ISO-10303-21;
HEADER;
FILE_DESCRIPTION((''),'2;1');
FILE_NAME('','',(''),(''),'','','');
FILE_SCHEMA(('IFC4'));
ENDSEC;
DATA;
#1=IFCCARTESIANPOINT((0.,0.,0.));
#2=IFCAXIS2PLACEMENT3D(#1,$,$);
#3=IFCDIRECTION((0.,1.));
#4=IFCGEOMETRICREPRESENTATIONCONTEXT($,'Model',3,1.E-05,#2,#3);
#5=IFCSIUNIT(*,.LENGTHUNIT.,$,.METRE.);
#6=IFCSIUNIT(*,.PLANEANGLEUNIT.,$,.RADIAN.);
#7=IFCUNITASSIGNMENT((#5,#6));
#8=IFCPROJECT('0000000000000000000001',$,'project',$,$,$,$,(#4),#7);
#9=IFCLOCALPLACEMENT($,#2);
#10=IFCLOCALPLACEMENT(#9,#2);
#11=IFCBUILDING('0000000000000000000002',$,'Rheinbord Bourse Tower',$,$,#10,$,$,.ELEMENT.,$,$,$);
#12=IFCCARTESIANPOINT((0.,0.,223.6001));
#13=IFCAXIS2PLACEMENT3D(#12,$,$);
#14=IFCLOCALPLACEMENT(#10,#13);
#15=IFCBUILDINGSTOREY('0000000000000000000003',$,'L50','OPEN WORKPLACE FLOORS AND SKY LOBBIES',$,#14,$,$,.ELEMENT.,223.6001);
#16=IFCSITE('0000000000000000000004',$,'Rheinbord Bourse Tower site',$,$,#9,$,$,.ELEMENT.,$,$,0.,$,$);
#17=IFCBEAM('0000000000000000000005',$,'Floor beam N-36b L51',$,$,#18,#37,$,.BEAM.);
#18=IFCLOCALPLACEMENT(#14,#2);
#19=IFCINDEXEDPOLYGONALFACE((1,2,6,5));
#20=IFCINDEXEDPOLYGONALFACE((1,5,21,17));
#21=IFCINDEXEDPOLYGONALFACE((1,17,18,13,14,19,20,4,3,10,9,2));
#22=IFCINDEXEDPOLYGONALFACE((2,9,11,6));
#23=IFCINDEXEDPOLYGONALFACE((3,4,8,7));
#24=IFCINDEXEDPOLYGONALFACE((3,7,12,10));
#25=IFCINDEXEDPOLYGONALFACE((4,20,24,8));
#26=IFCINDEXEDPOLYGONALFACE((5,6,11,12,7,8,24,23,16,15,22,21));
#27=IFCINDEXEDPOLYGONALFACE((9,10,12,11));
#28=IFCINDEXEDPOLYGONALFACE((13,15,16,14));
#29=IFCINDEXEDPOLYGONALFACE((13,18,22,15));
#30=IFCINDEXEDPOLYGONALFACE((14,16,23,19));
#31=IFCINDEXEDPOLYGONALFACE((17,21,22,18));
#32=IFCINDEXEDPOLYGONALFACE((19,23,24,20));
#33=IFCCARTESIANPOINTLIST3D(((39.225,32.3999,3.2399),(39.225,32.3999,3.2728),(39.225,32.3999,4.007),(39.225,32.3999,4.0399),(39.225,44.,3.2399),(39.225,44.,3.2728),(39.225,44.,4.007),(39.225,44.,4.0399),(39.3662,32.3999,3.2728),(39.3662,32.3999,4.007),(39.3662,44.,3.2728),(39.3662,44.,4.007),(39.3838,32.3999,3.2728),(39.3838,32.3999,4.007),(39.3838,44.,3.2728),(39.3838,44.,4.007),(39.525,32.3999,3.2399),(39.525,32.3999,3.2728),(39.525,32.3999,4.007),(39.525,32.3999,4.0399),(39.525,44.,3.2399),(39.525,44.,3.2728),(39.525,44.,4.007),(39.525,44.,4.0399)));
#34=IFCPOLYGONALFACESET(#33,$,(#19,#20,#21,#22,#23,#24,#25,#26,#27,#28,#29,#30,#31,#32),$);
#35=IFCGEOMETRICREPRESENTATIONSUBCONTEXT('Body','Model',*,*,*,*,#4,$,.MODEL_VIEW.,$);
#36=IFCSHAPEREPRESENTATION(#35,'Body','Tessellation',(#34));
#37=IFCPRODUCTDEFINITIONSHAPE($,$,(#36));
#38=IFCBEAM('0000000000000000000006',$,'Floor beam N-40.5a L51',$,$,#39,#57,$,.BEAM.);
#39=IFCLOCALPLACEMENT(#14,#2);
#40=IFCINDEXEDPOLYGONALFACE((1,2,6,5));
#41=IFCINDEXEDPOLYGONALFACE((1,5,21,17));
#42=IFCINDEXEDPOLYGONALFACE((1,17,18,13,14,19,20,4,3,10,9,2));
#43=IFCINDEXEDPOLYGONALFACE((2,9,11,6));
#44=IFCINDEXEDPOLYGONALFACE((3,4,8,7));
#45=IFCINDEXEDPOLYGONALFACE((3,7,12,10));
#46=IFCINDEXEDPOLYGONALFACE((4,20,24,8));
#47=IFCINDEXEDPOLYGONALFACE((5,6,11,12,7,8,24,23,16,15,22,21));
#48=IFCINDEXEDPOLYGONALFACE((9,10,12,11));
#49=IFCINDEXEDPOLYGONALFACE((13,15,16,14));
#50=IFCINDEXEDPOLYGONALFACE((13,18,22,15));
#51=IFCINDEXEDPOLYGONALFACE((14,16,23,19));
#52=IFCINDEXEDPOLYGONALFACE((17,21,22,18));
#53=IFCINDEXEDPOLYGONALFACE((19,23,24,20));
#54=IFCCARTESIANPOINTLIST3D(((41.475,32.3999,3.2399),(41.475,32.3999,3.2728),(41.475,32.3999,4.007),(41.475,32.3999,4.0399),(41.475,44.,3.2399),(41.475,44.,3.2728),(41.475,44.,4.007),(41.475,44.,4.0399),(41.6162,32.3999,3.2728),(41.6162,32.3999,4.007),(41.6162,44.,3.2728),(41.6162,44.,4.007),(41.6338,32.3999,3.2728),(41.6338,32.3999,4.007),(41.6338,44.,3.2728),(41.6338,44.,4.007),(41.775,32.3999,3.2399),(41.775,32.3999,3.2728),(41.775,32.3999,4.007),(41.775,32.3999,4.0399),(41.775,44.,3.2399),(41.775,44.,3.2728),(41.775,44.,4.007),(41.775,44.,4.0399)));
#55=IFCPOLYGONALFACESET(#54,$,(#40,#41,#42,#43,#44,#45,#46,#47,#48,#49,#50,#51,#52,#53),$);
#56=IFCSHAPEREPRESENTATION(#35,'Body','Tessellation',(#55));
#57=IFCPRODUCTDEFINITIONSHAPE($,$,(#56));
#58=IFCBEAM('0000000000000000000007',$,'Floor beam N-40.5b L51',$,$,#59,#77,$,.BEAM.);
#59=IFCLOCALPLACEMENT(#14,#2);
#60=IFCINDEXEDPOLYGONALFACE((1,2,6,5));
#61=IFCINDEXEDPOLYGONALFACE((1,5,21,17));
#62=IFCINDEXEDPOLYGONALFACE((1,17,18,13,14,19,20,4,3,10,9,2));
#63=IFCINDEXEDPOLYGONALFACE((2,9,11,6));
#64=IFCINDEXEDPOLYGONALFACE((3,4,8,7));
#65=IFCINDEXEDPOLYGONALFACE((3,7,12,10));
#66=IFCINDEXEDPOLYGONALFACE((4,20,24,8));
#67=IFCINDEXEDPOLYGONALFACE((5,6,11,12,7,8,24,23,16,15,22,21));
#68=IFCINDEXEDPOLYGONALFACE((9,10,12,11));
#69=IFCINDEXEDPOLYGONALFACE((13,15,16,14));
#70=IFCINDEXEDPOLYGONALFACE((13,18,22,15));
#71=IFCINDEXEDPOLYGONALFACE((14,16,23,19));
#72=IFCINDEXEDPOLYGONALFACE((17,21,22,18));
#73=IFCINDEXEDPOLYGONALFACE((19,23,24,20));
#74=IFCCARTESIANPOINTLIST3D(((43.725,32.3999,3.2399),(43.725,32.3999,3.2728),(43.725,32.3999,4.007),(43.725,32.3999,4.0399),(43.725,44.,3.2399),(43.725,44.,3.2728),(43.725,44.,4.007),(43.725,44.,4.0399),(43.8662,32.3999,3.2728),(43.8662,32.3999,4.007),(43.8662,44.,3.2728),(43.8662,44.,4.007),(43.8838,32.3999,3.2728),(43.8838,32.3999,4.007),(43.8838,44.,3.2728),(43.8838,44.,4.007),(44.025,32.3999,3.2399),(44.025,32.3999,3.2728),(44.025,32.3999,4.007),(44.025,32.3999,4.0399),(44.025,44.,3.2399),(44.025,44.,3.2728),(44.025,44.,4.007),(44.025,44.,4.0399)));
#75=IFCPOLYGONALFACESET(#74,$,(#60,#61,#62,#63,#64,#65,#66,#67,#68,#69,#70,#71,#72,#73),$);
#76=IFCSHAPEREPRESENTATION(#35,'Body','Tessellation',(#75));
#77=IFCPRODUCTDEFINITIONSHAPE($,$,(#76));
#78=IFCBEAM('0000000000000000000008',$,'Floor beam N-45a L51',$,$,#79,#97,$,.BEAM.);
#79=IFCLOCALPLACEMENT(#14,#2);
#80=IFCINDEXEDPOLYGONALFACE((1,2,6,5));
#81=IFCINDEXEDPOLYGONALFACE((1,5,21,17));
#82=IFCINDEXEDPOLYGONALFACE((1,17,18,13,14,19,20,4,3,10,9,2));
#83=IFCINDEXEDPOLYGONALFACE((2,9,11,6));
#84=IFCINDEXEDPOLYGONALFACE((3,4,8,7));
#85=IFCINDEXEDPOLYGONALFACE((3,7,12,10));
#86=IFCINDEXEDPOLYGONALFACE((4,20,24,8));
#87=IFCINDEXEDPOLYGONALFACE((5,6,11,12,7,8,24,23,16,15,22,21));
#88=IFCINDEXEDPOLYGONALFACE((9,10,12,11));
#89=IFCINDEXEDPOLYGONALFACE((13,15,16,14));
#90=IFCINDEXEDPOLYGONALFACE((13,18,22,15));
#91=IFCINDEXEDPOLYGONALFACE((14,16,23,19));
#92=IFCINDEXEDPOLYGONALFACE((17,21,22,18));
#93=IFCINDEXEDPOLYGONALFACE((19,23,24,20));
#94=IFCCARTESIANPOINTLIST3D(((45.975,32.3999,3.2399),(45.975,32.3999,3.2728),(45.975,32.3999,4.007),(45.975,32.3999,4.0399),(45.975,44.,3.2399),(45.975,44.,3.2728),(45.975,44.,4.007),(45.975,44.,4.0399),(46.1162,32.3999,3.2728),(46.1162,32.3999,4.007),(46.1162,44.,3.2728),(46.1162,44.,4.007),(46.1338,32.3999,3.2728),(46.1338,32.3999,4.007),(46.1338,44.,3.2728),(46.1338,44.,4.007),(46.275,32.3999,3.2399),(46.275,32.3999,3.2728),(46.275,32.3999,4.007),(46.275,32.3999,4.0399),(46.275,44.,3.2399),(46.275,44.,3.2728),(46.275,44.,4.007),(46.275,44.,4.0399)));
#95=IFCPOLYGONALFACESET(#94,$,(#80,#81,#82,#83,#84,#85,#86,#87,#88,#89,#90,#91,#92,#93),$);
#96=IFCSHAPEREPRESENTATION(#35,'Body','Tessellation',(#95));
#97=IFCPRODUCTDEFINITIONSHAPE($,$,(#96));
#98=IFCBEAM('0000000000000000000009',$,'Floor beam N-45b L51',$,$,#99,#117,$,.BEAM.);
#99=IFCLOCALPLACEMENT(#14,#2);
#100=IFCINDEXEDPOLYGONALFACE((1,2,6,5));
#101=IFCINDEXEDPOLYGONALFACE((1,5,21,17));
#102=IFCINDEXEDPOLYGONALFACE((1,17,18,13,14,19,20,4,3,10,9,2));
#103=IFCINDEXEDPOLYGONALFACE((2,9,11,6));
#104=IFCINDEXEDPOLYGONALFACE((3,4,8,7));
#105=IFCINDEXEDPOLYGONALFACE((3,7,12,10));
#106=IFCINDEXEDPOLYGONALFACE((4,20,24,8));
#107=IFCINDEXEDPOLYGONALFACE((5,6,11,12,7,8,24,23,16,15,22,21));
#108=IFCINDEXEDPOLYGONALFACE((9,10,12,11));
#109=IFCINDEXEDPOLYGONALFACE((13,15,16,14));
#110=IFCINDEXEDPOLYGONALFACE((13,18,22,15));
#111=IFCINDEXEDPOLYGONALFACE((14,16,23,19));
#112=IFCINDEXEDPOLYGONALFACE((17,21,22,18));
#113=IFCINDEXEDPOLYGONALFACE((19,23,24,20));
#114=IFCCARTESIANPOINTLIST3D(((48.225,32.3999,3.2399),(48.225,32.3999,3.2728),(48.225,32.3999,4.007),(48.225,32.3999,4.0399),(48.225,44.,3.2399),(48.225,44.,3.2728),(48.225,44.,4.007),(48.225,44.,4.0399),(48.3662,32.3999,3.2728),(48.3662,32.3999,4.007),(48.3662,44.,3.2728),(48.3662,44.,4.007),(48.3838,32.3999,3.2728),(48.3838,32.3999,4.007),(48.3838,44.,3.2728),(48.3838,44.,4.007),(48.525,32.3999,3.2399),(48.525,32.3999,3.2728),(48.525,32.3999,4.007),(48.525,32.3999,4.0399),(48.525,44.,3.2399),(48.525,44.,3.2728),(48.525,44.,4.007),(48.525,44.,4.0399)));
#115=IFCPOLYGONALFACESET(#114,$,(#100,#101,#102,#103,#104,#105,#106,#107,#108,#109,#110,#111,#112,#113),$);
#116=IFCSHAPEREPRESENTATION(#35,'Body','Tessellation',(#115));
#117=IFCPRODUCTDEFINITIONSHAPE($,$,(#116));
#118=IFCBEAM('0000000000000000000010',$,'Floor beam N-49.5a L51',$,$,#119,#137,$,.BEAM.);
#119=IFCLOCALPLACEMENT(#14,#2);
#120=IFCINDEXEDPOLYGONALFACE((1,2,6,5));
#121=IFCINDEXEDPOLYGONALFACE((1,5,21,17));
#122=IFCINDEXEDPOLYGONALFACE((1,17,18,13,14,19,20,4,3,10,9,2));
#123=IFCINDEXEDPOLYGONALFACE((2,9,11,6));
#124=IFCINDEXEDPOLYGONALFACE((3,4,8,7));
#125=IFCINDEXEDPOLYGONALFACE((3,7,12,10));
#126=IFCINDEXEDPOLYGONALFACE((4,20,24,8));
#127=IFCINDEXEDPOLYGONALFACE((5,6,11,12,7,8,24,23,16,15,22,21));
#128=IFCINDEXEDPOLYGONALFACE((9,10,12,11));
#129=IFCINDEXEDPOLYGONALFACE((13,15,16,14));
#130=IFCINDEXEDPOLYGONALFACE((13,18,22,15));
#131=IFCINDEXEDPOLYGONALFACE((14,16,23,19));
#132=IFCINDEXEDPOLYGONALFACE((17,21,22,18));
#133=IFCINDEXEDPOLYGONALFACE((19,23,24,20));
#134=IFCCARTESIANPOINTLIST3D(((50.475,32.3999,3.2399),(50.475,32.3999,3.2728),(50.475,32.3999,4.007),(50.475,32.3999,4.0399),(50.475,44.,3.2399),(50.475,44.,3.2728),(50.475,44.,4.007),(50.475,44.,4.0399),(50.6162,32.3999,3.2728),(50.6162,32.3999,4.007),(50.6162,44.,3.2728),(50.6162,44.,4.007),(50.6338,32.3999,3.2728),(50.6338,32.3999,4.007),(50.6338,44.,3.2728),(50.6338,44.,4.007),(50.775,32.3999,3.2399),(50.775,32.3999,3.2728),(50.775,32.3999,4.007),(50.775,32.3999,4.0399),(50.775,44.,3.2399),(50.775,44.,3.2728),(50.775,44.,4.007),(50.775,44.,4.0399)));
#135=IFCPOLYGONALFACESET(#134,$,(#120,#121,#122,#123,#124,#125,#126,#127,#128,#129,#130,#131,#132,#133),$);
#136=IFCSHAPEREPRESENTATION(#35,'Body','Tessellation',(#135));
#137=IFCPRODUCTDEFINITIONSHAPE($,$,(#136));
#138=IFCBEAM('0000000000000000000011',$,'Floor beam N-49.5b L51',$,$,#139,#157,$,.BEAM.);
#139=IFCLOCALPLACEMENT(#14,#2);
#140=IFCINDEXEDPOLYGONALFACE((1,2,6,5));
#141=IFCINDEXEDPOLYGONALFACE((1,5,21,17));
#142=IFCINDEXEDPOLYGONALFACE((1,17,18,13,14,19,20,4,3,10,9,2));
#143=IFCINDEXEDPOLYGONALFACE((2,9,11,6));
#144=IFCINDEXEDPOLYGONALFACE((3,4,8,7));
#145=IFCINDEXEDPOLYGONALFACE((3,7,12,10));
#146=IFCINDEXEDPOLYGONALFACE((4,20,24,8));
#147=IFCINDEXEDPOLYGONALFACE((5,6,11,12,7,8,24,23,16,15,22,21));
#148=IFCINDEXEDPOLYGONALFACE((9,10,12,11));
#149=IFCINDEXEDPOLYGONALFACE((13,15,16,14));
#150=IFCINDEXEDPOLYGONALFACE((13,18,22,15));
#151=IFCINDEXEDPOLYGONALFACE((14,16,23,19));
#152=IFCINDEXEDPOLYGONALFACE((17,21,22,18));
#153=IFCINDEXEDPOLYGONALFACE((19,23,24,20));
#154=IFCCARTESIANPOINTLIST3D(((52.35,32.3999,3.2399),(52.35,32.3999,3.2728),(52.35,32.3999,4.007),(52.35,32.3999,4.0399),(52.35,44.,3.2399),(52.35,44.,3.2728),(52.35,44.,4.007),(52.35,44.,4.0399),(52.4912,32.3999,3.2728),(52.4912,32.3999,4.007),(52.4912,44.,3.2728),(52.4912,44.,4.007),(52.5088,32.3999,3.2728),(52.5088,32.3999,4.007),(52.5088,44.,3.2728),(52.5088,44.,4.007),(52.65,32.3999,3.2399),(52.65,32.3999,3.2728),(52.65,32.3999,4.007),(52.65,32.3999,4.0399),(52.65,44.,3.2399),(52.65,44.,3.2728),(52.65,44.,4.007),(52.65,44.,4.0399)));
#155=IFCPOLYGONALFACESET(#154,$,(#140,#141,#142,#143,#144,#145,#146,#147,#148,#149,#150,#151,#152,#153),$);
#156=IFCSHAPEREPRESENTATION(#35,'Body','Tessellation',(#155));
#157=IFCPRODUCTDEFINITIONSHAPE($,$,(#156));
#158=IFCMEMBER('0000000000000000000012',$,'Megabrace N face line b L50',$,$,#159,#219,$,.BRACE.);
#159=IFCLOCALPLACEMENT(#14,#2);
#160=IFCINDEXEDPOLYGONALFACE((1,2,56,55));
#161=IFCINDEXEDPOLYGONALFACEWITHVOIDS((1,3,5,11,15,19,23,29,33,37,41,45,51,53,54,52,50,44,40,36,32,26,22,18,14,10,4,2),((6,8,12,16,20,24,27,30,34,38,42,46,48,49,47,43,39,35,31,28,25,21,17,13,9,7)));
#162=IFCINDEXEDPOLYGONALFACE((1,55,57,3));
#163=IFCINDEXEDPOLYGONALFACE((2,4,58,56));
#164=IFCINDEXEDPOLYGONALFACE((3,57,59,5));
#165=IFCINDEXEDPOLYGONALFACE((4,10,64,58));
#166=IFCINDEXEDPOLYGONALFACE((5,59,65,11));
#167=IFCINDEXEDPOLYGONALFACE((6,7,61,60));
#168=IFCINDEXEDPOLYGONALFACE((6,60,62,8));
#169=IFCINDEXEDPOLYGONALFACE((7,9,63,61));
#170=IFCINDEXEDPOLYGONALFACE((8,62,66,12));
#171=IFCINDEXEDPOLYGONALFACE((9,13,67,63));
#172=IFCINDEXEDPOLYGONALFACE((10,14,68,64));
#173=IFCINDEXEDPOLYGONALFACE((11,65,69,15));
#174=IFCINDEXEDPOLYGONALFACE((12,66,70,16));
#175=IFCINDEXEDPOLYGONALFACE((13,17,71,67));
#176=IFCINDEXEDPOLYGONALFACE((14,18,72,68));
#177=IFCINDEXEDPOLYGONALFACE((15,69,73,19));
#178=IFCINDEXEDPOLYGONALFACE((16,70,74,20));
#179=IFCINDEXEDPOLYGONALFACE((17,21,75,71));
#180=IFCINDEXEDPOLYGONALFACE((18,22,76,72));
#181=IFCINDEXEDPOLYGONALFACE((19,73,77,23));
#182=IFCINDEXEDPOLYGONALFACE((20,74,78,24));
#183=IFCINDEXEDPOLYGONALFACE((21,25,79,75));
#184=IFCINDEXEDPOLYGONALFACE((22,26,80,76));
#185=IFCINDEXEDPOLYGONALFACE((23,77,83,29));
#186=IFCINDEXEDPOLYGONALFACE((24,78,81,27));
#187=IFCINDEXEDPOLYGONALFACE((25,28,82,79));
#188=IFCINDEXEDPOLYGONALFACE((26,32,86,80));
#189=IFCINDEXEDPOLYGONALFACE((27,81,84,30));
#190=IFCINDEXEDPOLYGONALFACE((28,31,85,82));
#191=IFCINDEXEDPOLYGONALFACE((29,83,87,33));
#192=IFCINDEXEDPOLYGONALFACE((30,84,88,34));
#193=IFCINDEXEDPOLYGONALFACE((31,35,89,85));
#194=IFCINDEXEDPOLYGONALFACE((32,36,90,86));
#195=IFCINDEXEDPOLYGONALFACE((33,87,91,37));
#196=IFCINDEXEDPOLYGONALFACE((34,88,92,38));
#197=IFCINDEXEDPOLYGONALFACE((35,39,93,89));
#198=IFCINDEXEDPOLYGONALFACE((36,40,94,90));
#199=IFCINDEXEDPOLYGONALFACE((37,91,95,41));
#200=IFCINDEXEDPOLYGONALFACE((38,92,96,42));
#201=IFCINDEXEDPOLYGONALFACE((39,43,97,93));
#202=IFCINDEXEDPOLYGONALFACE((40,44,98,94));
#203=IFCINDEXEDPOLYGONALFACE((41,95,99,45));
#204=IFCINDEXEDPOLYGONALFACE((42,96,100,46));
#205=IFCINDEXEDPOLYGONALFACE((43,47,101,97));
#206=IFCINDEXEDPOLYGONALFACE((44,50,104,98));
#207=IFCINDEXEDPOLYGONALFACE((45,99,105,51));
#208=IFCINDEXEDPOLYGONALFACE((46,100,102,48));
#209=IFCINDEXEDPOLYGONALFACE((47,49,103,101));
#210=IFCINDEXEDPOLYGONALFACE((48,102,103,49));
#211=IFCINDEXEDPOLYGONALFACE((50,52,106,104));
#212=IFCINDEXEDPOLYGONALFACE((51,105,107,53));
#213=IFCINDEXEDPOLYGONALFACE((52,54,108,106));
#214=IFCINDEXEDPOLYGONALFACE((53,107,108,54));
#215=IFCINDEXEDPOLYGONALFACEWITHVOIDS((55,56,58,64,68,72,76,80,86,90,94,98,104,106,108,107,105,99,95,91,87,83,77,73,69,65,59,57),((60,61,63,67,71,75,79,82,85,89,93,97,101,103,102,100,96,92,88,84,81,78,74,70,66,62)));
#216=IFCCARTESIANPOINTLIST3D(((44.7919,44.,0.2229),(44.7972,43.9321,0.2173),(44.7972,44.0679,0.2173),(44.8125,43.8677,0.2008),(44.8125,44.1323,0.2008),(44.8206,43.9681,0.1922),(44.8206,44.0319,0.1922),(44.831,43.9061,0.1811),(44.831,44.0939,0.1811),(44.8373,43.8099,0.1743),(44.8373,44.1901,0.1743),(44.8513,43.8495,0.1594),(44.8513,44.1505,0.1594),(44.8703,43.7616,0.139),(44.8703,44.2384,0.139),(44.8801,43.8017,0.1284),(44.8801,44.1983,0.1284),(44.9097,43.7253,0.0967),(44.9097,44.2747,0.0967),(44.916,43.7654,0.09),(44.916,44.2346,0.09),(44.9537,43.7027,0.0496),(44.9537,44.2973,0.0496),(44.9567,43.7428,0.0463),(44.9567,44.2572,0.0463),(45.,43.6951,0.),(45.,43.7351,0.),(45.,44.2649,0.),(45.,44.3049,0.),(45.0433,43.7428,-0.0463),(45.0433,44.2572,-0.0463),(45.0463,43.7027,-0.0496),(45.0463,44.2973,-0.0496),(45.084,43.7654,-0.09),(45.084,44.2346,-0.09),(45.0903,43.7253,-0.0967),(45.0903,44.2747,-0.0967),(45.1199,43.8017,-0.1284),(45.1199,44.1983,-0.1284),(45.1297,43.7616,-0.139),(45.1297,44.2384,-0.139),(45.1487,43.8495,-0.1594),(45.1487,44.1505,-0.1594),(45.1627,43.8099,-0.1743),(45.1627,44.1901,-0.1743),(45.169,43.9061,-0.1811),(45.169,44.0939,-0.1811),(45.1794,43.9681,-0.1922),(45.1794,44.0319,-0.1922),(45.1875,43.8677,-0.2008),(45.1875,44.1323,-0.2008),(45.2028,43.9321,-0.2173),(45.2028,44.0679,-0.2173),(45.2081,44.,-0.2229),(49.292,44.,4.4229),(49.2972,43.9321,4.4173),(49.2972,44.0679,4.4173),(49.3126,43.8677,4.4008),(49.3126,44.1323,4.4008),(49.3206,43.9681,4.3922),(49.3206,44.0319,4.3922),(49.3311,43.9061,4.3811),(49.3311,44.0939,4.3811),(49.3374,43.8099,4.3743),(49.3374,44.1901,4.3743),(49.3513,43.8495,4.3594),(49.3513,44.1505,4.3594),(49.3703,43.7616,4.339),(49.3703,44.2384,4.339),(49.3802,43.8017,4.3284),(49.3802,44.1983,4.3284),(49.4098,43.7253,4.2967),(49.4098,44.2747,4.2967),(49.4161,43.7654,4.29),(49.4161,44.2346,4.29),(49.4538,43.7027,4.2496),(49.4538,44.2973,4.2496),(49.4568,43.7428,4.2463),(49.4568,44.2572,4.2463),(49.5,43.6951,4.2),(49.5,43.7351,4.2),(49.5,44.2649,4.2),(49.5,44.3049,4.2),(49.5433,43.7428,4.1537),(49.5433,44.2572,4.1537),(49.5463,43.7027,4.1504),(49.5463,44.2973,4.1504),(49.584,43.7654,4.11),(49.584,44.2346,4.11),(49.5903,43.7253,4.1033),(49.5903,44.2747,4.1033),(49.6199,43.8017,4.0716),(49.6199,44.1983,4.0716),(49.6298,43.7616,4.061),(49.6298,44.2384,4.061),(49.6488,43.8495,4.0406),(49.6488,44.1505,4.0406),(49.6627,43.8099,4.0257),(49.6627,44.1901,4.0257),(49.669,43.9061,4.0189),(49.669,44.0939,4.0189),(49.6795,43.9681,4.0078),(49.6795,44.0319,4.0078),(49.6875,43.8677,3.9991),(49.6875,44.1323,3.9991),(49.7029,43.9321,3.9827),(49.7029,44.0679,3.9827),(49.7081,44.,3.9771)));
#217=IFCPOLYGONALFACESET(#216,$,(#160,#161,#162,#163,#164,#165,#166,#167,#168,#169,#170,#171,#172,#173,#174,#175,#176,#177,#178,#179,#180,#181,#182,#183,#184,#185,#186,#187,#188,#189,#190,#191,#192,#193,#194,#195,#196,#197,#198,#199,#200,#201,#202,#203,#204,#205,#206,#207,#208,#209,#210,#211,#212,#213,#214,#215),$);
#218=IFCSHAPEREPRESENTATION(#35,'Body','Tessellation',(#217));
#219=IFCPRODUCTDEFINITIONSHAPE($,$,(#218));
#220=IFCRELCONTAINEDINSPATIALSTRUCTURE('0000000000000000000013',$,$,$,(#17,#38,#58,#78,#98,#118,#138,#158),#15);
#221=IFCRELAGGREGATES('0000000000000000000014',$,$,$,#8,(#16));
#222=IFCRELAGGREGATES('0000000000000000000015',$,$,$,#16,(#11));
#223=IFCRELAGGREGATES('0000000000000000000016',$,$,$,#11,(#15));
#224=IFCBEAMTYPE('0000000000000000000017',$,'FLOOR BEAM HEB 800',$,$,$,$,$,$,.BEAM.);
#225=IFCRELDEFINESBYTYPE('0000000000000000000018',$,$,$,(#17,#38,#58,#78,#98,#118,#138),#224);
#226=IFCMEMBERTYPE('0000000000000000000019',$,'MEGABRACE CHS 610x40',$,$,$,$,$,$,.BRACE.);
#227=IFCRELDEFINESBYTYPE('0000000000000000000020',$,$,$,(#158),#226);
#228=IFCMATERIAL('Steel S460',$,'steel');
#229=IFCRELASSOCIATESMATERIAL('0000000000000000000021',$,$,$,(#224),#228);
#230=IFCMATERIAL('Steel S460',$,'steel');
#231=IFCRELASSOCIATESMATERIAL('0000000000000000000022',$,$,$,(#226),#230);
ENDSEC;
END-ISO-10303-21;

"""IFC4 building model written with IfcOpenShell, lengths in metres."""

from ifc_helpers import new_model, si_unit, direction, frame, origin, origin_2d, place, context, subcontext, project, spatial, hollow_circle, i_section, extrude, material, material_profile, profile_set, type_object, element, save


model = new_model("IFC4")

# Units and contexts
model_context = context("Model", 3, precision=1e-05, world=origin(), true_north=direction((0.0, 1.0)))
body_context = subcontext(model_context, "Body", "Model", "MODEL_VIEW")
ifc_project = project(units=[si_unit("LENGTHUNIT", "METRE"), si_unit("PLANEANGLEUNIT", "RADIAN")], contexts=[model_context])

# Site, building, storey
site_placement = place(None, origin())
site = spatial("IfcSite", under=ifc_project, at=site_placement, Name="Rheinbord Bourse Tower site", CompositionType="ELEMENT", RefElevation=0.0)
building_placement = place(site_placement, origin())
building = spatial("IfcBuilding", under=site, at=building_placement, Name="Rheinbord Bourse Tower", CompositionType="ELEMENT")
storey_placement = place(building_placement, frame((0.0, 0.0, 223.6001)))
storey = spatial("IfcBuildingStorey", under=building, at=storey_placement, Name="L50", Description="OPEN WORKPLACE FLOORS AND SKY LOBBIES", CompositionType="ELEMENT", Elevation=223.6001)

# Beams
ifc_material_1 = material(Name="Steel S460", Category="steel")
ifc_material_profile_1 = material_profile(ifc_material_1, i_section(OverallWidth=0.3, OverallDepth=0.8, WebThickness=0.0176, FlangeThickness=0.033, at=origin_2d()), Name="HEB 800")
ifc_profile_set_1 = profile_set([ifc_material_profile_1], Name="Steel S460")
beam_type_1 = type_object("IfcBeamType", Name="FLOOR BEAM HEB 800", PredefinedType="BEAM", material=ifc_profile_set_1)
for number, where, z_axis, x_axis, name in (
    (1, (39.375, 44.0, 3.6399), (0.0, -1.0, 0.0), (1.0, 0.0, 0.0), "Floor beam N-36b L51"),
    (2, (41.625, 44.0, 3.6399), (0.0, -1.0, 0.0), (1.0, 0.0, 0.0), "Floor beam N-40.5a L51"),
    (3, (43.875, 44.0, 3.6399), (0.0, -1.0, 0.0), (1.0, 0.0, 0.0), "Floor beam N-40.5b L51"),
    (4, (46.125, 44.0, 3.6399), (0.0, -1.0, 0.0), (1.0, 0.0, 0.0), "Floor beam N-45a L51"),
    (5, (48.375, 44.0, 3.6399), (0.0, -1.0, 0.0), (1.0, 0.0, 0.0), "Floor beam N-45b L51"),
    (6, (50.625, 44.0, 3.6399), (0.0, -1.0, 0.0), (1.0, 0.0, 0.0), "Floor beam N-49.5a L51"),
    (7, (52.5, 44.0, 3.6399), (0.0, -1.0, 0.0), (1.0, 0.0, 0.0), "Floor beam N-49.5b L51"),
):
    element("IfcBeam", number, at=place(storey_placement, frame(where, z_axis=z_axis, x_axis=x_axis)), inside=storey, type_object=beam_type_1, Name=name, PredefinedType="BEAM", context=body_context, shape_type="SweptSolid", body=[
        extrude(i_section(OverallWidth=0.3, OverallDepth=0.8, WebThickness=0.0176, FlangeThickness=0.033, at=origin_2d()), origin(), (0.0, 0.0, 1.0), 11.6001),
    ])

# Member
ifc_material_2 = material(Name="Steel S460", Category="steel")
ifc_material_profile_2 = material_profile(ifc_material_2, hollow_circle(Radius=0.3049, WallThickness=0.04, at=origin_2d()), Name="CHS 610x40")
ifc_profile_set_2 = profile_set([ifc_material_profile_2], Name="Steel S460")
member_type_1 = type_object("IfcMemberType", Name="MEGABRACE CHS 610x40", PredefinedType="BRACE", material=ifc_profile_set_2)
member_1_placement = place(storey_placement, frame((45.0, 44.0, 0.0), z_axis=(0.731059, 0.0, 0.682314), x_axis=(0.0, 1.0, 0.0)))
element("IfcMember", 8, at=member_1_placement, inside=storey, type_object=member_type_1, Name="Megabrace N face line b L50", PredefinedType="BRACE", context=body_context, shape_type="SweptSolid", body=[
    extrude(hollow_circle(Radius=0.3049, WallThickness=0.04, at=origin_2d()), origin(), (0.0, 0.0, 1.0), 6.1555),
])

save(model, "model.ifc")
